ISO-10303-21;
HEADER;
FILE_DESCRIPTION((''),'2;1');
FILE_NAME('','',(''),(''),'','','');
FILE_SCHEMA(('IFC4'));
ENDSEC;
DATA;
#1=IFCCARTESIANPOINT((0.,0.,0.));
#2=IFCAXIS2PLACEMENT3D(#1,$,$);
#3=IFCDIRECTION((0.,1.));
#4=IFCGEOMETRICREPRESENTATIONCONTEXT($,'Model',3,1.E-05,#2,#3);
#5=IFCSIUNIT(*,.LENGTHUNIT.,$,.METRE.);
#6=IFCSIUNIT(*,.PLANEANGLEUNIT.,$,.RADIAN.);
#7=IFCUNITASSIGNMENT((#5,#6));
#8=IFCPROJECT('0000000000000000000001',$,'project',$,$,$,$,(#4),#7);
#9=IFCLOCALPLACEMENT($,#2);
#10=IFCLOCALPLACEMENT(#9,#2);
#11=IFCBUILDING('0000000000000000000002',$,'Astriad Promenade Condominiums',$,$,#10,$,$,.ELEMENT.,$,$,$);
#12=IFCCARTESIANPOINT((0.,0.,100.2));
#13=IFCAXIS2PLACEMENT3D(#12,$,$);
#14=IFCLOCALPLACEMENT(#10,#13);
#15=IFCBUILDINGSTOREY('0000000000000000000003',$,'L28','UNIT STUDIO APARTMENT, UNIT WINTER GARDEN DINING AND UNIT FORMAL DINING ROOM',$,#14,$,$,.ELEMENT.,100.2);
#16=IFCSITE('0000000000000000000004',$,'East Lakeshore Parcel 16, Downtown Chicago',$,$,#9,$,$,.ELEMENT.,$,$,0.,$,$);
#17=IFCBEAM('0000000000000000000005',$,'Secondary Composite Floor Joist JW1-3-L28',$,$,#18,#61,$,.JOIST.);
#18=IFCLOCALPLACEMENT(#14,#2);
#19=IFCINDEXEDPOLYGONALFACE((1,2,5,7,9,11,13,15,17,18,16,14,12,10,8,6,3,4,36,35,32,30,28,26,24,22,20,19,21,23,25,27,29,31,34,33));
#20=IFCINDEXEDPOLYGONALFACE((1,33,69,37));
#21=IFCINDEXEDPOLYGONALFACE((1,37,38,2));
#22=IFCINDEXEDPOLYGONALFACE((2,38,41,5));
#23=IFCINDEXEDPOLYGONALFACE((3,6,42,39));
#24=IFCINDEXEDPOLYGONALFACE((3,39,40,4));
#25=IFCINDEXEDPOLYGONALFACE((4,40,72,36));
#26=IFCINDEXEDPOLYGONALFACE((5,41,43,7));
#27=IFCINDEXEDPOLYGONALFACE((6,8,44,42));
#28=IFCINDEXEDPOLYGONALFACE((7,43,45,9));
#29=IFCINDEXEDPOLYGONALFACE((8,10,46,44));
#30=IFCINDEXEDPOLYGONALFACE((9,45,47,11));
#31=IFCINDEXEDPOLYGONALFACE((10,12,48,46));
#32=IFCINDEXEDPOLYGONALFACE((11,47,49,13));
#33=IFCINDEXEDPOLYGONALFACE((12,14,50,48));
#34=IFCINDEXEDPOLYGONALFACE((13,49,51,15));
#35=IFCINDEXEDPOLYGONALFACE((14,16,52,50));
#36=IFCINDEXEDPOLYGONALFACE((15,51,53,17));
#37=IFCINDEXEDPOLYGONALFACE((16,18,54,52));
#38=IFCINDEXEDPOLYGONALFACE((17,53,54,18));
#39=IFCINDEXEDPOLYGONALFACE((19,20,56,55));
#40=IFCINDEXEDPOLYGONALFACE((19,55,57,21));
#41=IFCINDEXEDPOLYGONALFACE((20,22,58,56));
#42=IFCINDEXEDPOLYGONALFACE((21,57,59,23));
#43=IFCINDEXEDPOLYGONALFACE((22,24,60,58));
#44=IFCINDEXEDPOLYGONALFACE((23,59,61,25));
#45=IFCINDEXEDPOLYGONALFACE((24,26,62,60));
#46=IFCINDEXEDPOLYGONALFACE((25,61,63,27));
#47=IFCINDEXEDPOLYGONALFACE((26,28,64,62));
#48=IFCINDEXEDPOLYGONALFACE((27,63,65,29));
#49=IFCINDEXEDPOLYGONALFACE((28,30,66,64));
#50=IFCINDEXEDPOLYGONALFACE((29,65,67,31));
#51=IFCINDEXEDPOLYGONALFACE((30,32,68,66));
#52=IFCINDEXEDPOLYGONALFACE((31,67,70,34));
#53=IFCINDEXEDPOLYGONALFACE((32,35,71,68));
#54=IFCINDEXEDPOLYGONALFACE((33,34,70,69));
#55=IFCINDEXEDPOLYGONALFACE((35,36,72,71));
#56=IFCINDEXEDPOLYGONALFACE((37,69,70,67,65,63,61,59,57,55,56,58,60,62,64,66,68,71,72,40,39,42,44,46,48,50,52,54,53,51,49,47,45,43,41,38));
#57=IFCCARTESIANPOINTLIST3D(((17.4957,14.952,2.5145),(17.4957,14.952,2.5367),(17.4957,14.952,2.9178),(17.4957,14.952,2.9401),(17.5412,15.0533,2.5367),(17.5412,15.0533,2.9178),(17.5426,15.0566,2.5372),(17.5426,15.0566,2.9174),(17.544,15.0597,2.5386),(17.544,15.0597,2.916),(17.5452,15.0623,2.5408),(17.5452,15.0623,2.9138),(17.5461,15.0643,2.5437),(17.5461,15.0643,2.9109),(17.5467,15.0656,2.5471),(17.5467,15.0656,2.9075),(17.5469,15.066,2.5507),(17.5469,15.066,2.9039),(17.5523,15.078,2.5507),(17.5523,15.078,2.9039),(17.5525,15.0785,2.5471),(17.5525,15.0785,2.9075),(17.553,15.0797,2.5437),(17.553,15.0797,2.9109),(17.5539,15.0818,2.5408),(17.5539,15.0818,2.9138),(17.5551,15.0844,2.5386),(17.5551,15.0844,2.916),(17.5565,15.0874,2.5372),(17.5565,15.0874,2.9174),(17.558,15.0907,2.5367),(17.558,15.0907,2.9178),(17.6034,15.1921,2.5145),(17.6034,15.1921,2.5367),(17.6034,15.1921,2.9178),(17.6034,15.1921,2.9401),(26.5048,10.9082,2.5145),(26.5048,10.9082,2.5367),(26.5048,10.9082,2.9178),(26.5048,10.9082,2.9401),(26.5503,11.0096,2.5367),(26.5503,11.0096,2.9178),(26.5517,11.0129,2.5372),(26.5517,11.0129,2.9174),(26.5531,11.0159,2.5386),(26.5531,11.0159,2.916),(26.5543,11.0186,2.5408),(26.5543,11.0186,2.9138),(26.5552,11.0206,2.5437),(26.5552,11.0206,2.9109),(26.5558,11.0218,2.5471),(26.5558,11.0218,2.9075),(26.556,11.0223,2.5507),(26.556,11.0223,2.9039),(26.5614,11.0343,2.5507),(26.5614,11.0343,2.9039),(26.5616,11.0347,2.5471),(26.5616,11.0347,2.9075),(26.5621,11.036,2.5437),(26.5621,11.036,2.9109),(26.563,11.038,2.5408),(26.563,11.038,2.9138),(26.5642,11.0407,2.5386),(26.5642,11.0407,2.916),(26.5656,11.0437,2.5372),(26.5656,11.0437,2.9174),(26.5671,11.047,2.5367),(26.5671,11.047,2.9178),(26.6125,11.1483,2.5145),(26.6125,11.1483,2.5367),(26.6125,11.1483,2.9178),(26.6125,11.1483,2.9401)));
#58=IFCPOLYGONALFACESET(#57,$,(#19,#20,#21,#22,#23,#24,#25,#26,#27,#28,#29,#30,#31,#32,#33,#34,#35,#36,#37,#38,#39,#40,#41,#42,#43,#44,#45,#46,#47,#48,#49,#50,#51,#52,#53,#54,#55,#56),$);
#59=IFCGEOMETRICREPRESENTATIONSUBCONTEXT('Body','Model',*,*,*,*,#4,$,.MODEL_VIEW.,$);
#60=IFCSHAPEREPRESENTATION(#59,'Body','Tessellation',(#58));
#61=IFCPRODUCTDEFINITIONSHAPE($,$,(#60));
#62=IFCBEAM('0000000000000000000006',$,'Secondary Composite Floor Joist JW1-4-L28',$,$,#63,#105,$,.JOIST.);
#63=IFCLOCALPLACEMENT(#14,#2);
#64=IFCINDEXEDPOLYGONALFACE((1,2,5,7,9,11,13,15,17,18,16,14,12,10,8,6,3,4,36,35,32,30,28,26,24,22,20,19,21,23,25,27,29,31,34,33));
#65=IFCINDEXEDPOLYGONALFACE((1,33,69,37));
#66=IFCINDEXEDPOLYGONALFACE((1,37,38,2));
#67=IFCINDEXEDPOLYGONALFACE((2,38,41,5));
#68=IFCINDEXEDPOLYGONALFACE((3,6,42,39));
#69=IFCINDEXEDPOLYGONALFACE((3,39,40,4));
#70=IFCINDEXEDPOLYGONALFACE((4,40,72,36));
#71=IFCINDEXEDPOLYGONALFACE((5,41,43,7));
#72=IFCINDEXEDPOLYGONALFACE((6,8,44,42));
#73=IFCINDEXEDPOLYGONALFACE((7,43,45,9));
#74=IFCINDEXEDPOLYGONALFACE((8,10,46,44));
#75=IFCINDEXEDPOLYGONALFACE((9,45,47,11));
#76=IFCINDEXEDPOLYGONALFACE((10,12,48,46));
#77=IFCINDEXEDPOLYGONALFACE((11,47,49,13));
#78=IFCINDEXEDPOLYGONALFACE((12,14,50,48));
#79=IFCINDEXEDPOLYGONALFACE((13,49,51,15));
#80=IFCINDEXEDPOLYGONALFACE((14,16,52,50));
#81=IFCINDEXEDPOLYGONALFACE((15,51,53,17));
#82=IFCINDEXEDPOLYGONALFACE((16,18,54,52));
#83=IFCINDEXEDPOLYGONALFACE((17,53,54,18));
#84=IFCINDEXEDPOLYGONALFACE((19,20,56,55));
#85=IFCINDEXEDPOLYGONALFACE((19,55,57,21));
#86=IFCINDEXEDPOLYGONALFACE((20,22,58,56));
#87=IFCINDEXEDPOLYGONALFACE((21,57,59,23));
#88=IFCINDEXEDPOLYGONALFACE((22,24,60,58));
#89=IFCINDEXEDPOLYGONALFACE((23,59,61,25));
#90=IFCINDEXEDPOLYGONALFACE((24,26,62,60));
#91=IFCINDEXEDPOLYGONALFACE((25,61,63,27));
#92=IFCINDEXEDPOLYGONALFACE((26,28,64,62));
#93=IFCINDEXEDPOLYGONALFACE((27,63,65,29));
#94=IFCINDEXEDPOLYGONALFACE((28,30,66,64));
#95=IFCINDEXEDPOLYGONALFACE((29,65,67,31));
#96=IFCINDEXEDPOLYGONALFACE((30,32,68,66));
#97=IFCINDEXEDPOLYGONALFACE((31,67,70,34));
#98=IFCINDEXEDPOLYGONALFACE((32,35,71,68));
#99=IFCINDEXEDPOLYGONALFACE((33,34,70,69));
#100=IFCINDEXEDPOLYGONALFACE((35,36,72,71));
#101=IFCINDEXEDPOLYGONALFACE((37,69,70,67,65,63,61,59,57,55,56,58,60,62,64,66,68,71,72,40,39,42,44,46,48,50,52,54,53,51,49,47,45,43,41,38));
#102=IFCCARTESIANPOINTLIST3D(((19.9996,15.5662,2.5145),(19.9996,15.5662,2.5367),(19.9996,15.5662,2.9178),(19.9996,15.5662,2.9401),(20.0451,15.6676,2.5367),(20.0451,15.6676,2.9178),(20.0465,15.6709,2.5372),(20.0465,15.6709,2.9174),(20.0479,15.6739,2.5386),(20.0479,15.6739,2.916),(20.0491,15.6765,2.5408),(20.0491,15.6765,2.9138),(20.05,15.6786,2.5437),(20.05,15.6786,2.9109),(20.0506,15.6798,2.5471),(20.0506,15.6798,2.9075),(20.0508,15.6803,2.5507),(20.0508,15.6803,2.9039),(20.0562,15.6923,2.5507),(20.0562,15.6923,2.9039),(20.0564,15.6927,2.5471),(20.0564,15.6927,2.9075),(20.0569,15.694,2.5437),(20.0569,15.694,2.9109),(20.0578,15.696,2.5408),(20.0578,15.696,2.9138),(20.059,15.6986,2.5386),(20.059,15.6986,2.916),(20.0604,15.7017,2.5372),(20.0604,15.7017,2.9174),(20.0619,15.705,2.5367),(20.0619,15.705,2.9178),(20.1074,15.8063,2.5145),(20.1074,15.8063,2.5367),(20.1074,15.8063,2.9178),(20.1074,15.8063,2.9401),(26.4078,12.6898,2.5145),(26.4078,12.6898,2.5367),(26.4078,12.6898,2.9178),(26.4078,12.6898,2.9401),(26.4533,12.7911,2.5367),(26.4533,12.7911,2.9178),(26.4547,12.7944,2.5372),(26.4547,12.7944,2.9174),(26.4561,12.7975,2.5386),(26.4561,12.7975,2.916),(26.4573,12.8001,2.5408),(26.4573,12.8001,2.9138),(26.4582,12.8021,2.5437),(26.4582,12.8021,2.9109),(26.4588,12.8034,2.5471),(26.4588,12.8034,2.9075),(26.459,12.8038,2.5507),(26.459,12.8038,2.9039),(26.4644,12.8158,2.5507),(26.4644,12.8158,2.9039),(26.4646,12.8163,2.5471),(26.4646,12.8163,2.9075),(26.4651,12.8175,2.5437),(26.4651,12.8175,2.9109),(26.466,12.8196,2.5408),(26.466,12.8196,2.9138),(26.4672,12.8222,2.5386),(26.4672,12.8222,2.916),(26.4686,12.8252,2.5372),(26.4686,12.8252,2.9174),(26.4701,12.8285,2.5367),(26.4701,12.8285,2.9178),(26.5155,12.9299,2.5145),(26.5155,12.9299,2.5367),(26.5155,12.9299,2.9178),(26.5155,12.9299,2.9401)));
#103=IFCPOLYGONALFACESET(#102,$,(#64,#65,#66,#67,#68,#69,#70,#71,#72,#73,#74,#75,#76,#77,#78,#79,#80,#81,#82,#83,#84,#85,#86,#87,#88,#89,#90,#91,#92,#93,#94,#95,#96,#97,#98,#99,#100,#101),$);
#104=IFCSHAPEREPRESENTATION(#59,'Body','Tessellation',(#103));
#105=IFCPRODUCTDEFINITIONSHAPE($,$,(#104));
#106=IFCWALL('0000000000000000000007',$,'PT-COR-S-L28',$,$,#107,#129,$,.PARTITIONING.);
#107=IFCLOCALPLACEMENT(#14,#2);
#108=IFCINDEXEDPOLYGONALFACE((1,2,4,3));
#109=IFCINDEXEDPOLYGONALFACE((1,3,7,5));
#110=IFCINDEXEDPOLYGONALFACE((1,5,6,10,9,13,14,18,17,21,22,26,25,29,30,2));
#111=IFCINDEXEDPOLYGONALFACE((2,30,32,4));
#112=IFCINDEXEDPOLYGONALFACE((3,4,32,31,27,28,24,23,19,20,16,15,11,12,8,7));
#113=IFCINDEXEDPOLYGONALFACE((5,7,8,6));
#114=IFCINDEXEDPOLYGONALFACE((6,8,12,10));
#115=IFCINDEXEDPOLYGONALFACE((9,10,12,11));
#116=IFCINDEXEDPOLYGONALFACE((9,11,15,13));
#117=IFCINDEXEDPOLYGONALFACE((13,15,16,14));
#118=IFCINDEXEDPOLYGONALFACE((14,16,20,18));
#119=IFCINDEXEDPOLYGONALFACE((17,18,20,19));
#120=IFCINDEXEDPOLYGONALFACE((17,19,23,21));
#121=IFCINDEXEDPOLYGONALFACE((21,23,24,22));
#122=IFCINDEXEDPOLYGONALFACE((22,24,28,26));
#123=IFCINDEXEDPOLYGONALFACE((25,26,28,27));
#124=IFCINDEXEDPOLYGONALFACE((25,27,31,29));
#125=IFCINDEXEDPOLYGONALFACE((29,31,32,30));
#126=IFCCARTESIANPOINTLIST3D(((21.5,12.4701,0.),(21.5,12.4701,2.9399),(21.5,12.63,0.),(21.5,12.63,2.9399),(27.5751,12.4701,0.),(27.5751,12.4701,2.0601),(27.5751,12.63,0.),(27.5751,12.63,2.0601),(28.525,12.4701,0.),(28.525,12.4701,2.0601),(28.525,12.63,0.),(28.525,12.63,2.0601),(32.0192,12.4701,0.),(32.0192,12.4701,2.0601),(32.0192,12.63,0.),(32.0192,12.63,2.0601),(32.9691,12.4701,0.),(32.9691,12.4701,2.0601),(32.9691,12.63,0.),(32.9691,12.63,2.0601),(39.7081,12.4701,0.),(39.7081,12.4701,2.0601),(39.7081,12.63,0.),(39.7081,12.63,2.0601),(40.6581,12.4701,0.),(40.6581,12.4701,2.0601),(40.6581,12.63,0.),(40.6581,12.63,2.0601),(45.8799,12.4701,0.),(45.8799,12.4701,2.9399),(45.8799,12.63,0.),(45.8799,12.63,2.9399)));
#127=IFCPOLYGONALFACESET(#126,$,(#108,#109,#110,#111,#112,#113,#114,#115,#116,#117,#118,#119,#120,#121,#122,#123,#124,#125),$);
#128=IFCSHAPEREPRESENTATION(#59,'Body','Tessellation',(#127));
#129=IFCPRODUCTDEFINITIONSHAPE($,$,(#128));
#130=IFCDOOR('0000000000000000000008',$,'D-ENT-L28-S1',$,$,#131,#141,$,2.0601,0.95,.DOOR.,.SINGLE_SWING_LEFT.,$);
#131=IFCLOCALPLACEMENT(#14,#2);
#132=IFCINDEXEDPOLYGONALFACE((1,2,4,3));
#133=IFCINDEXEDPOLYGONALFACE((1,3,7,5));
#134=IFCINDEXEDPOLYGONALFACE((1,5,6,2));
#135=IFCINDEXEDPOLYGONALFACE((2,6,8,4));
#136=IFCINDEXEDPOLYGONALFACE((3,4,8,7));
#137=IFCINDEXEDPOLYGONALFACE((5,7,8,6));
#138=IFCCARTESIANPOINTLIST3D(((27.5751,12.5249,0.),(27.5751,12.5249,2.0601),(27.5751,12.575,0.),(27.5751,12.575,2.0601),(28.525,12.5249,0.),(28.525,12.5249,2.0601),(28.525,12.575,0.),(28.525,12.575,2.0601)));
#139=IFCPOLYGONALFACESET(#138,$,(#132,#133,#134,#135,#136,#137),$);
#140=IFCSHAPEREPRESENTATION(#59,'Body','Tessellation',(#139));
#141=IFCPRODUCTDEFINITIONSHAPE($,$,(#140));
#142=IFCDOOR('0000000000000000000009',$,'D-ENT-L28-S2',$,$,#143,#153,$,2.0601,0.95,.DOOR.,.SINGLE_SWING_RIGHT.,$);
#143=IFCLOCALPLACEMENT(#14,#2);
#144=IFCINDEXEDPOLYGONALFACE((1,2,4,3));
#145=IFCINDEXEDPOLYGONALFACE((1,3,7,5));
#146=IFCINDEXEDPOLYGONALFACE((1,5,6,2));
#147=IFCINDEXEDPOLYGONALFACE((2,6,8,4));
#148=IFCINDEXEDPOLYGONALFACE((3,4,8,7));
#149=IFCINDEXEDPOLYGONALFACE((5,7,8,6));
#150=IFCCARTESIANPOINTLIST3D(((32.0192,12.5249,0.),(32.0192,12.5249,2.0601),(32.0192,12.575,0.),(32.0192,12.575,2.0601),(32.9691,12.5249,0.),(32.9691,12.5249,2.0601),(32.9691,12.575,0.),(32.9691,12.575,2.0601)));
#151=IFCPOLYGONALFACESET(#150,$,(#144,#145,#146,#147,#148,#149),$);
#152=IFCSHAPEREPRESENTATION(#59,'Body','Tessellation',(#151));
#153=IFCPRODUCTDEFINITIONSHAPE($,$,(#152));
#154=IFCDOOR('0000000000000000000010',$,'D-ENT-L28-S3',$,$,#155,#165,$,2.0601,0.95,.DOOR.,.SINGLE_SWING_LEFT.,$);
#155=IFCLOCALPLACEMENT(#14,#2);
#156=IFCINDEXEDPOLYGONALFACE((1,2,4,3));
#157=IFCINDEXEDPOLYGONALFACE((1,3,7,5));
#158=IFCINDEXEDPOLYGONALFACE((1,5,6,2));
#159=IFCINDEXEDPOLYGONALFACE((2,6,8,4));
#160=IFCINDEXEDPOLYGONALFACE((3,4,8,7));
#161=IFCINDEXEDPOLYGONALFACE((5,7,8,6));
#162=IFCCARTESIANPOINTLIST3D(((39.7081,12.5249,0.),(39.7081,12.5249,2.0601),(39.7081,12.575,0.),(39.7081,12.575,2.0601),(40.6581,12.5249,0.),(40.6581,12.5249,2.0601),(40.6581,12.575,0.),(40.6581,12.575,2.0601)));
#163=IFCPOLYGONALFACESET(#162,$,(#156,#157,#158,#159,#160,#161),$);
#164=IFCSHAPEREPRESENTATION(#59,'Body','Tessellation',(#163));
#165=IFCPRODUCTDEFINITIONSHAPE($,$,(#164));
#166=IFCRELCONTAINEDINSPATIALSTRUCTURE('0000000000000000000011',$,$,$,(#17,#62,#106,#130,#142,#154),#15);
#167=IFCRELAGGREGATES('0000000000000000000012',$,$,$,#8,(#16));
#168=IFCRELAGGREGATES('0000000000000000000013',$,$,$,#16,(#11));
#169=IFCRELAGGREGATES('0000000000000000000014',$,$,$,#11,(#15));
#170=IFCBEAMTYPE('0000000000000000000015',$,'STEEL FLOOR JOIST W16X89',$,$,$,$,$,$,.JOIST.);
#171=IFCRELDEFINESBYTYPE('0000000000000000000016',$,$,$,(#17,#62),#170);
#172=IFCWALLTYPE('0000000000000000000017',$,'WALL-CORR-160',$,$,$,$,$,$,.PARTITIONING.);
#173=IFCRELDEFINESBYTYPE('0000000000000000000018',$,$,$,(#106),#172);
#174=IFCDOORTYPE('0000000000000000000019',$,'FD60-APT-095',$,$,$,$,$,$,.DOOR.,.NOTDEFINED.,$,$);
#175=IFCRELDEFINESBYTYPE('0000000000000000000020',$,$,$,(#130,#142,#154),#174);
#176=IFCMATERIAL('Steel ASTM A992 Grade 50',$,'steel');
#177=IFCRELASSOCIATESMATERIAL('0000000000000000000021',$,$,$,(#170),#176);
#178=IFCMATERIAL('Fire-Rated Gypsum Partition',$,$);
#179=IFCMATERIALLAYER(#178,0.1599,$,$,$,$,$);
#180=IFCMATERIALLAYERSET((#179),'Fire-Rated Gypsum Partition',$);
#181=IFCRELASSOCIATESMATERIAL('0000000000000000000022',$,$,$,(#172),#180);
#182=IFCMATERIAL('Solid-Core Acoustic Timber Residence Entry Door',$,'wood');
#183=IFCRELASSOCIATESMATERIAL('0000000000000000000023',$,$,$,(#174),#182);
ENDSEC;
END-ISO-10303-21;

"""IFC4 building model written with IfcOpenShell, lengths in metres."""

from ifc_helpers import new_model, si_unit, direction, frame, frame_2d, origin, origin_2d, place, context, subcontext, project, spatial, rectangle, i_section, extrude, source, transform, mapped, material, layer, layer_set, material_profile, profile_set, type_object, type_shapes, element, fill, save


model = new_model("IFC4")

# Units and contexts
model_context = context("Model", 3, precision=1e-05, world=origin(), true_north=direction((0.0, 1.0)))
body_context = subcontext(model_context, "Body", "Model", "MODEL_VIEW")
ifc_project = project(units=[si_unit("LENGTHUNIT", "METRE"), si_unit("PLANEANGLEUNIT", "RADIAN")], contexts=[model_context])

# Site, building, storey
site_placement = place(None, origin())
site = spatial("IfcSite", under=ifc_project, at=site_placement, Name="East Lakeshore Parcel 16, Downtown Chicago", CompositionType="ELEMENT", RefElevation=0.0)
building_placement = place(site_placement, origin())
building = spatial("IfcBuilding", under=site, at=building_placement, Name="Astriad Promenade Condominiums", CompositionType="ELEMENT")
storey_placement = place(building_placement, frame((0.0, 0.0, 100.2)))
storey = spatial("IfcBuildingStorey", under=building, at=storey_placement, Name="L28", Description="UNIT STUDIO APARTMENT, UNIT WINTER GARDEN DINING AND UNIT FORMAL DINING ROOM", CompositionType="ELEMENT", Elevation=100.2)

# Beams
ifc_material_1 = material(Name="Steel ASTM A992 Grade 50", Category="steel")
ifc_material_profile_1 = material_profile(ifc_material_1, i_section(OverallWidth=0.2632, OverallDepth=0.4255, WebThickness=0.0132, FlangeThickness=0.0222, FilletRadius=0.0139, at=origin_2d()), Name="W16X89")
ifc_profile_set_1 = profile_set([ifc_material_profile_1], Name="Steel ASTM A992 Grade 50")
beam_type_1 = type_object("IfcBeamType", Name="STEEL FLOOR JOIST W16X89", PredefinedType="JOIST", material=ifc_profile_set_1)
shared_shape_1 = source(origin(), body_context, "Body", "SweptSolid", [
    extrude(i_section(OverallWidth=0.2632, OverallDepth=0.4255, WebThickness=0.0132, FlangeThickness=0.0222, FilletRadius=0.0139, at=origin_2d()), origin(), (0.0, 0.0, 1.0), 9.875),
])
beam_1_placement = place(storey_placement, frame((17.5496, 15.072, 2.7273), z_axis=(0.912314, -0.409492, 0.0), x_axis=(0.409492, 0.912314, 0.0)))
element("IfcBeam", 1, at=beam_1_placement, inside=storey, type_object=beam_type_1, Name="Secondary Composite Floor Joist JW1-3-L28", PredefinedType="JOIST", context=body_context, shape_type="MappedRepresentation", body=[
    mapped(shared_shape_1, transform((0.0, 0.0, 0.0), scale=1.0)),
])
shared_shape_2 = source(origin(), body_context, "Body", "SweptSolid", [
    extrude(i_section(OverallWidth=0.2632, OverallDepth=0.4255, WebThickness=0.0132, FlangeThickness=0.0222, FilletRadius=0.0139, at=origin_2d()), origin(), (0.0, 0.0, 1.0), 7.0242),
])
beam_2_placement = place(storey_placement, frame((20.0535, 15.6863, 2.7273), z_axis=(0.912306, -0.409509, 0.0), x_axis=(0.409509, 0.912306, 0.0)))
element("IfcBeam", 2, at=beam_2_placement, inside=storey, type_object=beam_type_1, Name="Secondary Composite Floor Joist JW1-4-L28", PredefinedType="JOIST", context=body_context, shape_type="MappedRepresentation", body=[
    mapped(shared_shape_2, transform((0.0, 0.0, 0.0), scale=1.0)),
])

# Wall, openings, doors
ifc_material_2 = material(Name="Fire-Rated Gypsum Partition")
ifc_layer_1 = layer(ifc_material_2, 0.1599)
ifc_layer_set_1 = layer_set([ifc_layer_1], Name="Fire-Rated Gypsum Partition")
wall_type_1 = type_object("IfcWallType", Name="WALL-CORR-160", PredefinedType="PARTITIONING", material=ifc_layer_set_1)
wall_1_placement = place(storey_placement, frame((21.5, 12.55, 0.0), z_axis=(0.0, 0.0, 1.0), x_axis=(1.0, 0.0, 0.0)))
wall_1 = element("IfcWall", 3, at=wall_1_placement, inside=storey, type_object=wall_type_1, Name="PT-COR-S-L28", PredefinedType="PARTITIONING", context=body_context, shape_type="SweptSolid", body=[
    extrude(rectangle(XDim=24.3799, YDim=0.1599, at=frame_2d((12.1899, 0.0))), origin(), (0.0, 0.0, 1.0), 2.9399),
])
opening_1_placement = place(wall_1_placement, frame((6.075, 0.0, 0.0)))
opening_1 = element("IfcOpeningElement", 4, at=opening_1_placement, cuts=wall_1, PredefinedType="OPENING", context=body_context, shape_type="SweptSolid", body=[
    extrude(rectangle(XDim=0.95, YDim=2.0601, at=frame_2d((0.4751, 1.03))), frame((0.0, 0.0898, 0.0), z_axis=(0.0, -1.0, 0.0), x_axis=(1.0, 0.0, 0.0)), (0.0, 0.0, 1.0), 0.1799),
])
opening_2_placement = place(wall_1_placement, frame((10.519, 0.0, 0.0)))
opening_2 = element("IfcOpeningElement", 5, at=opening_2_placement, cuts=wall_1, PredefinedType="OPENING", context=body_context, shape_type="SweptSolid", body=[
    extrude(rectangle(XDim=0.95, YDim=2.0601, at=frame_2d((0.4751, 1.03))), frame((0.0, 0.0898, 0.0), z_axis=(0.0, -1.0, 0.0), x_axis=(1.0, 0.0, 0.0)), (0.0, 0.0, 1.0), 0.1799),
])
opening_3_placement = place(wall_1_placement, frame((18.208, 0.0, 0.0)))
opening_3 = element("IfcOpeningElement", 6, at=opening_3_placement, cuts=wall_1, PredefinedType="OPENING", context=body_context, shape_type="SweptSolid", body=[
    extrude(rectangle(XDim=0.95, YDim=2.0601, at=frame_2d((0.4751, 1.03))), frame((0.0, 0.0898, 0.0), z_axis=(0.0, -1.0, 0.0), x_axis=(1.0, 0.0, 0.0)), (0.0, 0.0, 1.0), 0.1799),
])
ifc_material_3 = material(Name="Solid-Core Acoustic Timber Residence Entry Door", Category="wood")
door_type_1 = type_object("IfcDoorType", Name="FD60-APT-095", OperationType="NOTDEFINED", PredefinedType="DOOR", material=ifc_material_3)
shared_shape_3 = source(origin(), body_context, "Body", "SweptSolid", [
    extrude(rectangle(XDim=0.95, YDim=2.0601, at=frame_2d((0.4751, 1.03))), frame((0.0, 0.0249, 0.0), z_axis=(0.0, -1.0, 0.0), x_axis=(1.0, 0.0, 0.0)), (0.0, 0.0, 1.0), 0.05),
])
type_shapes(door_type_1, [shared_shape_3])
door_1_placement = place(opening_1_placement, origin())
door_1 = element("IfcDoor", 7, at=door_1_placement, inside=storey, type_object=door_type_1, Name="D-ENT-L28-S1", OperationType="SINGLE_SWING_LEFT", OverallHeight=2.0601, OverallWidth=0.95, PredefinedType="DOOR", context=body_context, shape_type="MappedRepresentation", body=[
    mapped(shared_shape_3, transform((0.0, 0.0, 0.0), scale=1.0)),
])
fill(opening_1, door_1)
door_2_placement = place(opening_2_placement, origin())
door_2 = element("IfcDoor", 8, at=door_2_placement, inside=storey, type_object=door_type_1, Name="D-ENT-L28-S2", OperationType="SINGLE_SWING_RIGHT", OverallHeight=2.0601, OverallWidth=0.95, PredefinedType="DOOR", context=body_context, shape_type="MappedRepresentation", body=[
    mapped(shared_shape_3, transform((0.0, 0.0, 0.0), scale=1.0)),
])
fill(opening_2, door_2)
door_3_placement = place(opening_3_placement, origin())
door_3 = element("IfcDoor", 9, at=door_3_placement, inside=storey, type_object=door_type_1, Name="D-ENT-L28-S3", OperationType="SINGLE_SWING_LEFT", OverallHeight=2.0601, OverallWidth=0.95, PredefinedType="DOOR", context=body_context, shape_type="MappedRepresentation", body=[
    mapped(shared_shape_3, transform((0.0, 0.0, 0.0), scale=1.0)),
])
fill(opening_3, door_3)

save(model, "model.ifc")
